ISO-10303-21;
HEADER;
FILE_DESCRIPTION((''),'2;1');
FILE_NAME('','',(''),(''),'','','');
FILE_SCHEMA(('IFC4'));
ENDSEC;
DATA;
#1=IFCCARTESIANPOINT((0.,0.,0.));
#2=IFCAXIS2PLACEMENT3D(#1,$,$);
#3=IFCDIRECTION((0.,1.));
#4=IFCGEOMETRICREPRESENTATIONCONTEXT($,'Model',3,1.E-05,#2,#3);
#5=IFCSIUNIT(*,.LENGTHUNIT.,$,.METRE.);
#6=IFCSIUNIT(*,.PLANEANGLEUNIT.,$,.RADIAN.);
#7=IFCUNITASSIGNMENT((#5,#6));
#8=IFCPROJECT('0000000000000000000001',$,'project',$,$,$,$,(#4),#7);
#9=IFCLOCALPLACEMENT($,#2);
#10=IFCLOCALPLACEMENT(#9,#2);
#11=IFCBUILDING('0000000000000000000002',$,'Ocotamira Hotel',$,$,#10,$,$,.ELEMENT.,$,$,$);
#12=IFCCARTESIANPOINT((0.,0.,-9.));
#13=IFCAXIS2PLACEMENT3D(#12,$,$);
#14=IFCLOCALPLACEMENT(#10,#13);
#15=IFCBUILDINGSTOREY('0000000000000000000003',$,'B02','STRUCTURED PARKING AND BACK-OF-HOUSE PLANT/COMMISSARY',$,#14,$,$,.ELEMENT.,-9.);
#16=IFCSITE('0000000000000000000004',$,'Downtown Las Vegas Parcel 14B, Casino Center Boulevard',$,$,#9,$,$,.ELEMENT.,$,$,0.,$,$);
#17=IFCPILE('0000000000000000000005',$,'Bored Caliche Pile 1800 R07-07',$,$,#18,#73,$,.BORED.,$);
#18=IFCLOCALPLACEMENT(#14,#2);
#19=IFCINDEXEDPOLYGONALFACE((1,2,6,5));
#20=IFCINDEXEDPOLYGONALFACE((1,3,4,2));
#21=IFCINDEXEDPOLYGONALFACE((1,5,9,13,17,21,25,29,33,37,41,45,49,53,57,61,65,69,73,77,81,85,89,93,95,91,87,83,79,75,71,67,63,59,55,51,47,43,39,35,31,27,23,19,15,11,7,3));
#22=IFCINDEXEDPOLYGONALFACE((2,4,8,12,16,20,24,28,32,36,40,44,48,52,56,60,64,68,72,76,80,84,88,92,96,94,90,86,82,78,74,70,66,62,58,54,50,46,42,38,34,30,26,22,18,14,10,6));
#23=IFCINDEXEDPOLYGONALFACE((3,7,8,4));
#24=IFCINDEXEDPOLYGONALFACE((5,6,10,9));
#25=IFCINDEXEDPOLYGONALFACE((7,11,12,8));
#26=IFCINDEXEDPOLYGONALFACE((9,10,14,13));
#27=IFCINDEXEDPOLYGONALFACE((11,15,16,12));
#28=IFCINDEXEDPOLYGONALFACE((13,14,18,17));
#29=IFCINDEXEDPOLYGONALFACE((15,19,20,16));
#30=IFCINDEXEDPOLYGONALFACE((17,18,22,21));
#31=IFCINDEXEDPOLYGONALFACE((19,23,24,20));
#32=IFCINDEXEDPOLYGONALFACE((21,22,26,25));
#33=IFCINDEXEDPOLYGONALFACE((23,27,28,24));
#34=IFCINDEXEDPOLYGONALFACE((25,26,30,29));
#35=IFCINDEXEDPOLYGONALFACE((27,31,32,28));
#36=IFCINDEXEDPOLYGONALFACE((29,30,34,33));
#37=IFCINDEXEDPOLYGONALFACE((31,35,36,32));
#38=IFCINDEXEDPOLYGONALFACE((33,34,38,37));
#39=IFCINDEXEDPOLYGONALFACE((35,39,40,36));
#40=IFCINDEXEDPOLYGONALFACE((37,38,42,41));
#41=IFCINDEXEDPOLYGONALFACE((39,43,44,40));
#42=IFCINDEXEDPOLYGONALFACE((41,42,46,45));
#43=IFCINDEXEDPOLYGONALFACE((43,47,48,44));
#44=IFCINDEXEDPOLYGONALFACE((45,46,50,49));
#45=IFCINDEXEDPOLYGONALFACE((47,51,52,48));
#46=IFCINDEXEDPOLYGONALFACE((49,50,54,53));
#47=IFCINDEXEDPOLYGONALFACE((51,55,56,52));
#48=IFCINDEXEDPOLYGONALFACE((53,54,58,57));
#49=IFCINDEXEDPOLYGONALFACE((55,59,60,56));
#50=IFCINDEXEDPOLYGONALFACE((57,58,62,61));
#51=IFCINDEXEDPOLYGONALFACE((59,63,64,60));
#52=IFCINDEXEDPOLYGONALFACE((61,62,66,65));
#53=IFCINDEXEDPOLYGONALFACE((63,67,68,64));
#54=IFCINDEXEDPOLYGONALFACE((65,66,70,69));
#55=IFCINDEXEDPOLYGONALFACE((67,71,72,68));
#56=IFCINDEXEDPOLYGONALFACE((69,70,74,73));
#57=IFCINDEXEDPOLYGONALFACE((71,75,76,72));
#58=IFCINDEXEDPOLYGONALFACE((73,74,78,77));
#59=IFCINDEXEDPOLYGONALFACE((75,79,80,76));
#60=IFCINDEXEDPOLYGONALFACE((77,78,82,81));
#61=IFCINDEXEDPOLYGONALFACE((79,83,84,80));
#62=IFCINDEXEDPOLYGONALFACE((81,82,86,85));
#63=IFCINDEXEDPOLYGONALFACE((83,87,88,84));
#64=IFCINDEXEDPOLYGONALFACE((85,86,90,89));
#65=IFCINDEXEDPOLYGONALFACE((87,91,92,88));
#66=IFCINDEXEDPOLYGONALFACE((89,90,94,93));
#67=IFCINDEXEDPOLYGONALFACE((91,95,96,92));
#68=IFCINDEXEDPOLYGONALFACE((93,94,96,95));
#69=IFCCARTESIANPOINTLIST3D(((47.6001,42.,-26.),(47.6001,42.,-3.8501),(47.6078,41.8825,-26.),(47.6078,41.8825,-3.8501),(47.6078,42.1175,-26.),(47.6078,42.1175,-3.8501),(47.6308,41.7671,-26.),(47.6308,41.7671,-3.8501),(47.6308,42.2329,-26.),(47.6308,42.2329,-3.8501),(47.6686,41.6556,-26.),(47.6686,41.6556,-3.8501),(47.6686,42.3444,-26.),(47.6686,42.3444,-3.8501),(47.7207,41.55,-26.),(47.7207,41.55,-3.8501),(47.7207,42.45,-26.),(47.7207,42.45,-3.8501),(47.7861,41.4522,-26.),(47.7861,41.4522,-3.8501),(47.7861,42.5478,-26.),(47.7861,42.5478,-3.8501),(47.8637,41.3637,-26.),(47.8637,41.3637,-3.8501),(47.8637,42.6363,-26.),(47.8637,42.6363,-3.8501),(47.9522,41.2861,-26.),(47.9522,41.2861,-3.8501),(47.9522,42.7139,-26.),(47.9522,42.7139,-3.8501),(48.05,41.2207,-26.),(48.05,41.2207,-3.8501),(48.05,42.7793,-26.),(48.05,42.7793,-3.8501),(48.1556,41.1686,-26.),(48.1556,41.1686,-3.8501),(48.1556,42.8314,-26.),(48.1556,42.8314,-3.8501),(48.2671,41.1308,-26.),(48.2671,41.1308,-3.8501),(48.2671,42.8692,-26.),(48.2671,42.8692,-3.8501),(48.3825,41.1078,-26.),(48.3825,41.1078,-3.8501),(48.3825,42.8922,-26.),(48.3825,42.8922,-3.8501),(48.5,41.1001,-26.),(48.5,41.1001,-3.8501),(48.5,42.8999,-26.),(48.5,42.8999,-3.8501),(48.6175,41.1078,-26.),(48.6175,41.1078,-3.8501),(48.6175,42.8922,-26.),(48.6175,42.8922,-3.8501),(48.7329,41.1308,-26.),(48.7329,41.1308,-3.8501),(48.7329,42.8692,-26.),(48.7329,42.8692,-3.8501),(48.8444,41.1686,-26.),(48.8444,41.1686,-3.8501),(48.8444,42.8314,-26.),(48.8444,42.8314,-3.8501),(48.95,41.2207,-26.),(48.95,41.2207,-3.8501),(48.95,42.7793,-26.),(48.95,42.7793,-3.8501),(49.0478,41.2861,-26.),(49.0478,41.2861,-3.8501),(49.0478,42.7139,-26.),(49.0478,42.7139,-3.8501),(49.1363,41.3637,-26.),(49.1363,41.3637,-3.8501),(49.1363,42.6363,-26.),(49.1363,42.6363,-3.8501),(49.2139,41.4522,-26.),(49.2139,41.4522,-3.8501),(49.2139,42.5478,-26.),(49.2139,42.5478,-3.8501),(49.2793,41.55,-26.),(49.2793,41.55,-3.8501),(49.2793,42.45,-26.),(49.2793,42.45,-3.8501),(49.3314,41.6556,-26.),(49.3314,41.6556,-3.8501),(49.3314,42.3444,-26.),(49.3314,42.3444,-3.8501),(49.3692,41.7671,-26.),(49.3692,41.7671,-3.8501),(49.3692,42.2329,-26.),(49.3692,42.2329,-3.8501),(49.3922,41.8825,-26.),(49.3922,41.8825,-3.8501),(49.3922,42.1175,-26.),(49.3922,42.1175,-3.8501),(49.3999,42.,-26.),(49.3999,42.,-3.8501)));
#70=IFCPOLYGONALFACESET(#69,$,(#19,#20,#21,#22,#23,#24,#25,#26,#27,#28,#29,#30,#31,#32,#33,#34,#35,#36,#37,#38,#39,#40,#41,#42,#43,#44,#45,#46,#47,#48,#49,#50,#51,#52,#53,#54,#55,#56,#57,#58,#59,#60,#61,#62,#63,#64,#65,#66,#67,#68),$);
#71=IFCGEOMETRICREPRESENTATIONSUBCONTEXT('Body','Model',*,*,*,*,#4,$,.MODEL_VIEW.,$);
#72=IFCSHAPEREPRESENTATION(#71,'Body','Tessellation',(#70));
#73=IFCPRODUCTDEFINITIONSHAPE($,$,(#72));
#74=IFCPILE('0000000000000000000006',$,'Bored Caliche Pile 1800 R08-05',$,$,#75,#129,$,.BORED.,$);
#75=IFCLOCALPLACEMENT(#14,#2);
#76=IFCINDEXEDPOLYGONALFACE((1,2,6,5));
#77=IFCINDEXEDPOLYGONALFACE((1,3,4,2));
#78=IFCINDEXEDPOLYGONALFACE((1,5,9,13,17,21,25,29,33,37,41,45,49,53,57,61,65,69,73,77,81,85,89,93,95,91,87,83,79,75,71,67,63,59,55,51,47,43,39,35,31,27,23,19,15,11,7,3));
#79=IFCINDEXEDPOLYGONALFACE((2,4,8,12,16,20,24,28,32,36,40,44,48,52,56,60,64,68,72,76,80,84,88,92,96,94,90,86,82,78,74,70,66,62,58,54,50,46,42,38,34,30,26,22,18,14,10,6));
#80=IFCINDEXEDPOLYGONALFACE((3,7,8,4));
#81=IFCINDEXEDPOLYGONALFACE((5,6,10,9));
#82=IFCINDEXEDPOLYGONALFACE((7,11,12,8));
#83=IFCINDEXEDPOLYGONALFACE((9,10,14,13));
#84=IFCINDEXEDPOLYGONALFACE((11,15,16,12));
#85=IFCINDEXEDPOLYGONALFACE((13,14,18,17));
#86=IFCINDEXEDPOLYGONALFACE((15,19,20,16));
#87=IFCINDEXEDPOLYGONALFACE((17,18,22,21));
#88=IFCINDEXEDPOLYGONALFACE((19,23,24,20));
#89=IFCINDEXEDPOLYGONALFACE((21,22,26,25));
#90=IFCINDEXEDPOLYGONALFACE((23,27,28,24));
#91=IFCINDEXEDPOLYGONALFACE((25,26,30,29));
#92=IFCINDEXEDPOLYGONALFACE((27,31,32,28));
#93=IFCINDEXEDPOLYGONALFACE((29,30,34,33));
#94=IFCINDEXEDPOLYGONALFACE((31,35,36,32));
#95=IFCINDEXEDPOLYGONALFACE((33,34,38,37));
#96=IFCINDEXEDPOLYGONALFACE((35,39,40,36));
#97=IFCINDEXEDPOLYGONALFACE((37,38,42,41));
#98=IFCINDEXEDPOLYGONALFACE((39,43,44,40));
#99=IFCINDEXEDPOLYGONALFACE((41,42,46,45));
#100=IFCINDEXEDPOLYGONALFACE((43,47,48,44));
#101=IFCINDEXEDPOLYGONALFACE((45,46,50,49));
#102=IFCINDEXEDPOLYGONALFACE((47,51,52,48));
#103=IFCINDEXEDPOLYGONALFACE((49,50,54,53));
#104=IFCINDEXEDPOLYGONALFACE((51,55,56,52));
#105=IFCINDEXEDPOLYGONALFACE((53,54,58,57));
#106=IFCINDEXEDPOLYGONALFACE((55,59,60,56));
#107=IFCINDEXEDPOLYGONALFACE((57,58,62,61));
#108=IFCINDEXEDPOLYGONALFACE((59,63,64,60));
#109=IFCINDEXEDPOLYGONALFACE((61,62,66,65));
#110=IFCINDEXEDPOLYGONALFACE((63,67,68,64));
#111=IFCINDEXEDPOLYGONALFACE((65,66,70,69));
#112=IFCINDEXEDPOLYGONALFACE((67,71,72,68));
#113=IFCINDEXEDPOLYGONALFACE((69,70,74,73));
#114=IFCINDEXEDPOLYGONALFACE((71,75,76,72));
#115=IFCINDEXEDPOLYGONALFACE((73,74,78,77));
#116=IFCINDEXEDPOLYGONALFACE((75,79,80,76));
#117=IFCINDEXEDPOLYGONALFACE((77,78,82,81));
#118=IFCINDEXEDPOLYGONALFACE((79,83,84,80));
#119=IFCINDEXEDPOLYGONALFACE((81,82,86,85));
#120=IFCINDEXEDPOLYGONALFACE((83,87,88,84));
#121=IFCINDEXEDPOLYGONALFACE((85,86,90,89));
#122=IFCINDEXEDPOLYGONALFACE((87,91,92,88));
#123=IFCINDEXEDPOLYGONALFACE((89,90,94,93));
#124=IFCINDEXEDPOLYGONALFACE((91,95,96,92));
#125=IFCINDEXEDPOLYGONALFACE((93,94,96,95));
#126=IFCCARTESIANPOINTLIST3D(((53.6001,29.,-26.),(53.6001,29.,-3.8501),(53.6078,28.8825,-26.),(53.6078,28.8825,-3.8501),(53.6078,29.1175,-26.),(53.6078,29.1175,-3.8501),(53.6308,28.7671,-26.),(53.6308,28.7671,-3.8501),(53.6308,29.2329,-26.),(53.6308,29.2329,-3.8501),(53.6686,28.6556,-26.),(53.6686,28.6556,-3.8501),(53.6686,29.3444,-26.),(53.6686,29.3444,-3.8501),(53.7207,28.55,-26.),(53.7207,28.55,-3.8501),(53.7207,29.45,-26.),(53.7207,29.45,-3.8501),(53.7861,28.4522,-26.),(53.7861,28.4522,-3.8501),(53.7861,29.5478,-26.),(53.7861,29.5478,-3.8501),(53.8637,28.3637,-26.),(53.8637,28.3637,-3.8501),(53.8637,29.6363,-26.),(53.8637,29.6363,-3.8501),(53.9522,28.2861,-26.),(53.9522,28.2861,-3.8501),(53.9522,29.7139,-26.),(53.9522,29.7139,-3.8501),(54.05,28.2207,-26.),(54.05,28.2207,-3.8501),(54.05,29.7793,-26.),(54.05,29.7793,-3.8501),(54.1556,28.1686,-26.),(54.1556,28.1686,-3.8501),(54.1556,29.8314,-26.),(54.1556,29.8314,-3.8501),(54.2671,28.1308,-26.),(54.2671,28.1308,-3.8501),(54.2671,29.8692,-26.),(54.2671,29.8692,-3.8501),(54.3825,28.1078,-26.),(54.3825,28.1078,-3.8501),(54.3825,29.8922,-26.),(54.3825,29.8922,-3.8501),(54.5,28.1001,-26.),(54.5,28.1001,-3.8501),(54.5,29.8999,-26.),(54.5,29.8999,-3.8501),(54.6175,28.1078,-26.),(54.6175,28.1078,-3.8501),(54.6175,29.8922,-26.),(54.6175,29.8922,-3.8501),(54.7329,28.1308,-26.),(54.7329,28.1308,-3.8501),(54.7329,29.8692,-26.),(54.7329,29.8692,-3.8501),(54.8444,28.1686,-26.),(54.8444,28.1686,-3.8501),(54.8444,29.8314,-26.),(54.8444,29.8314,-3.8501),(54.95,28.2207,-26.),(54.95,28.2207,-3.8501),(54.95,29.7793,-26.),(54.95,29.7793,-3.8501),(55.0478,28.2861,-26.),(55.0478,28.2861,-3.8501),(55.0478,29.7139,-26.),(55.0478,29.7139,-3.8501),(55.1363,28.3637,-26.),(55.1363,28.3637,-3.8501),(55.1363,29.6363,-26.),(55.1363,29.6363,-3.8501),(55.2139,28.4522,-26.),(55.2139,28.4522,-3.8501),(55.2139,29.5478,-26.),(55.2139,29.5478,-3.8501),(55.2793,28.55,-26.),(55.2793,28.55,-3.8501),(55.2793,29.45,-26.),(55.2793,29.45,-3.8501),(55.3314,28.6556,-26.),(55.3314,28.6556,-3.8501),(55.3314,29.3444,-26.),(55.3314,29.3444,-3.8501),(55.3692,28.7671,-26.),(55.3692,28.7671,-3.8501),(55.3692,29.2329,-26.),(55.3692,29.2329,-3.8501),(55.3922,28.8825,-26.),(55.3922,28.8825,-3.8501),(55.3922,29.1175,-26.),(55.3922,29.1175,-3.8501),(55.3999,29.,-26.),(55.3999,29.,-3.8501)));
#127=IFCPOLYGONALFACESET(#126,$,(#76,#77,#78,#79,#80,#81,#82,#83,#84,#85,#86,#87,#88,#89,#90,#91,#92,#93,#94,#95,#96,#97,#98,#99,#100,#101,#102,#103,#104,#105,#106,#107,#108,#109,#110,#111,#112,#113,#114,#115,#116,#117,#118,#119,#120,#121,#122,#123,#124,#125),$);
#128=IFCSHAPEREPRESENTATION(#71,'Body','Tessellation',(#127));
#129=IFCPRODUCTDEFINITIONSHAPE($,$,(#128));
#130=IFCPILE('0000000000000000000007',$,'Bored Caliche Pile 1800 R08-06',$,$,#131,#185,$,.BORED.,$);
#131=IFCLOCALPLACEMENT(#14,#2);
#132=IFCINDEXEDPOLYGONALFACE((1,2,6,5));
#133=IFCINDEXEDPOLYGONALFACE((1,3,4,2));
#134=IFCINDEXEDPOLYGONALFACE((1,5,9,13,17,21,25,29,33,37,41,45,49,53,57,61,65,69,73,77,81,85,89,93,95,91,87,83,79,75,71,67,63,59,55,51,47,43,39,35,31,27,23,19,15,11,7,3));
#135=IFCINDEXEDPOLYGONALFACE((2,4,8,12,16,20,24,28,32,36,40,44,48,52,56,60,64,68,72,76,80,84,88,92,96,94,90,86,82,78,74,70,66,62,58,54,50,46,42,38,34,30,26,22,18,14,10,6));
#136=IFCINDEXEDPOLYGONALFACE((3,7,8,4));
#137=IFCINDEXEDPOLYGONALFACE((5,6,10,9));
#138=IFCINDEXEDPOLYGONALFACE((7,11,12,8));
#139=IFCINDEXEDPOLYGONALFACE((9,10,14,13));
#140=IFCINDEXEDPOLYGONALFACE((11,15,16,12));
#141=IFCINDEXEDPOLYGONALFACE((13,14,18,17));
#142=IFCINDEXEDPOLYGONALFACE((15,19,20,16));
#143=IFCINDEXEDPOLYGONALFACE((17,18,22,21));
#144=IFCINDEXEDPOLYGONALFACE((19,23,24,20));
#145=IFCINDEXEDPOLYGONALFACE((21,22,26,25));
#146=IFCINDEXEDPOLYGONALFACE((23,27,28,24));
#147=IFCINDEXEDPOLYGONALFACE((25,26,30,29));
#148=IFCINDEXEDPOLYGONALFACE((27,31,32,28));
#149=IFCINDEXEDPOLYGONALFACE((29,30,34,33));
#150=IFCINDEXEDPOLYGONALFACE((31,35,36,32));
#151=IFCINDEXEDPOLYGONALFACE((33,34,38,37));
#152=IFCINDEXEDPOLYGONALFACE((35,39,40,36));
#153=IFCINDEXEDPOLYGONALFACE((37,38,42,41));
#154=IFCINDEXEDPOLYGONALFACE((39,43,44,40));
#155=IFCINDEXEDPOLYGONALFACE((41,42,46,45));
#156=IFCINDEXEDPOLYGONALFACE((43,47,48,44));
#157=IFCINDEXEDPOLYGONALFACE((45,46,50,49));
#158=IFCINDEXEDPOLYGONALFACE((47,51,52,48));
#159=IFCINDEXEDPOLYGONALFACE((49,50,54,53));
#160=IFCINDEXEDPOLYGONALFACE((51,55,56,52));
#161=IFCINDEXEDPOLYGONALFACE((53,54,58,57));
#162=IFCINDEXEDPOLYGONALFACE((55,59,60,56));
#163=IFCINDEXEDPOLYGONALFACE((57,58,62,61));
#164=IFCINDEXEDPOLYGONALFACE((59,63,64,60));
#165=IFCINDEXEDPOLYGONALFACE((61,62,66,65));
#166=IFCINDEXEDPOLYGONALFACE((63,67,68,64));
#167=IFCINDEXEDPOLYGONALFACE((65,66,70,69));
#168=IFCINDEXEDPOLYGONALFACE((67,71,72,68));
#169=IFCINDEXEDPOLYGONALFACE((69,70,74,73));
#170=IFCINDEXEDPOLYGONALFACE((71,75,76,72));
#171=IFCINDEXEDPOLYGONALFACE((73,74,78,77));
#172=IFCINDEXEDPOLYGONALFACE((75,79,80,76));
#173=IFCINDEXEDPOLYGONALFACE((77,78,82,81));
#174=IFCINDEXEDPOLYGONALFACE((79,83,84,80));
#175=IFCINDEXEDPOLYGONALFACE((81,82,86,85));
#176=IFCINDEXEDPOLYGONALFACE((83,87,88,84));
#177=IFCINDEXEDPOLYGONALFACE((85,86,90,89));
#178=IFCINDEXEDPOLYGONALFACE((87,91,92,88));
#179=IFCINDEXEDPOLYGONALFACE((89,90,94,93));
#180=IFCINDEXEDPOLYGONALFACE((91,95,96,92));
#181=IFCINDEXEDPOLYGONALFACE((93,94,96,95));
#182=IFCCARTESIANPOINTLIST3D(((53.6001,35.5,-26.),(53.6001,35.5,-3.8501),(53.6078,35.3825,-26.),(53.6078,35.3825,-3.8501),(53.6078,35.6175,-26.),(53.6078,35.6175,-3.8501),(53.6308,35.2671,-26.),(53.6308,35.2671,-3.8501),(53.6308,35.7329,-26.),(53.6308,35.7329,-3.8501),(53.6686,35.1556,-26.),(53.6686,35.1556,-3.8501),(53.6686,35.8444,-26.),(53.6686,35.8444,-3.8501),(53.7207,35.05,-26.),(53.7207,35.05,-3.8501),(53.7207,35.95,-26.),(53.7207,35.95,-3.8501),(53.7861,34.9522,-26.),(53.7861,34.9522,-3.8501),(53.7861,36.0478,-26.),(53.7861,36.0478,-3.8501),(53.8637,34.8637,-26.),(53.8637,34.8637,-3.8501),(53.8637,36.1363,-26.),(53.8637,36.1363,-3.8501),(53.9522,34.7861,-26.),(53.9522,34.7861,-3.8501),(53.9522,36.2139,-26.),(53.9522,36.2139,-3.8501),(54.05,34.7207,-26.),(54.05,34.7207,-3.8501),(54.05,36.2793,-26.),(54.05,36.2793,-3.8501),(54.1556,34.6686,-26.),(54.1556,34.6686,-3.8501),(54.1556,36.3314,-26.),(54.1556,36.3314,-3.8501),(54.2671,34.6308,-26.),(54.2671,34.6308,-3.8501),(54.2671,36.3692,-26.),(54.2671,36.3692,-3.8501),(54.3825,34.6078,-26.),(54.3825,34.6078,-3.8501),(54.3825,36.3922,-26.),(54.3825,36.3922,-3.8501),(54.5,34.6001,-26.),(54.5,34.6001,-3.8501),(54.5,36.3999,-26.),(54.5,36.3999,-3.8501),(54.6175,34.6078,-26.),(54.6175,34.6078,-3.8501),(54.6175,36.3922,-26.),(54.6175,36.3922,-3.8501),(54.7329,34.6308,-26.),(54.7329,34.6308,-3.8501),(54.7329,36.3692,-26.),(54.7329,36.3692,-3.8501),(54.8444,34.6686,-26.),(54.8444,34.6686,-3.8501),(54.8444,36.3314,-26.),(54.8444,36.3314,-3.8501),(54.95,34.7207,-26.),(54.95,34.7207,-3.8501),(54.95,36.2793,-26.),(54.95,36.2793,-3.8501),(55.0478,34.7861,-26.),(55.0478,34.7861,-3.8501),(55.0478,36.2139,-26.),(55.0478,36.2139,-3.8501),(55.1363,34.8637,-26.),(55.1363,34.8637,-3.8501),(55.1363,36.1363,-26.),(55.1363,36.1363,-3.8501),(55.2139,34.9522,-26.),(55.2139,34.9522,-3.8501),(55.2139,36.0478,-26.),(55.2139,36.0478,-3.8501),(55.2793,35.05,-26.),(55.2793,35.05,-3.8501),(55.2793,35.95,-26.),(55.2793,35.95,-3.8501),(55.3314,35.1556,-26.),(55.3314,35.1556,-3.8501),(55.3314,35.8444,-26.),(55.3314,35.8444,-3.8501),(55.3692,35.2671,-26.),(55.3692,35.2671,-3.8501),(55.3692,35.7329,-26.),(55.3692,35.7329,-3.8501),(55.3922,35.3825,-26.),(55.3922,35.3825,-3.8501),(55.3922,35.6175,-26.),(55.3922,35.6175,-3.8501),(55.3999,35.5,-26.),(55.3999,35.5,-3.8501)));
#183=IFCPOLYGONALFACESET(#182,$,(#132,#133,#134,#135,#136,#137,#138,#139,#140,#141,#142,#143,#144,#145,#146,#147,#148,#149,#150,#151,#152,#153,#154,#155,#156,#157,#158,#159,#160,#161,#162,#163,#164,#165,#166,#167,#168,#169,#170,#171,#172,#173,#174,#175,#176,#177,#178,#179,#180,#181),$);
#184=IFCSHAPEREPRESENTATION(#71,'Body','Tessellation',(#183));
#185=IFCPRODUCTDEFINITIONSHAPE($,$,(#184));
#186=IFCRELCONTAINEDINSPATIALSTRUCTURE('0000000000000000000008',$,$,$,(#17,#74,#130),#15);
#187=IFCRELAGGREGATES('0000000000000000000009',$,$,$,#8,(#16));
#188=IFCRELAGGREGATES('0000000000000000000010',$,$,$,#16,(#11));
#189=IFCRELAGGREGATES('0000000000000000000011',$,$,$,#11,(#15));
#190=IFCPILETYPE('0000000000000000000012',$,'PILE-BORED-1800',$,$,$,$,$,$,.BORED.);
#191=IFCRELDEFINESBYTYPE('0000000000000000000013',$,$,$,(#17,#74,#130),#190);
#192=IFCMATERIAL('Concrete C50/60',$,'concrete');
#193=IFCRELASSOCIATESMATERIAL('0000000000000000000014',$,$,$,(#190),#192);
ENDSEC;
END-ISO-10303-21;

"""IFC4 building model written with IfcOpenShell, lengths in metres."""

from ifc_helpers import new_model, si_unit, direction, frame, origin, origin_2d, place, context, subcontext, project, spatial, circle, extrude, source, transform, mapped, material, material_profile, profile_set, type_object, element, save


model = new_model("IFC4")

# Units and contexts
model_context = context("Model", 3, precision=1e-05, world=origin(), true_north=direction((0.0, 1.0)))
body_context = subcontext(model_context, "Body", "Model", "MODEL_VIEW")
ifc_project = project(units=[si_unit("LENGTHUNIT", "METRE"), si_unit("PLANEANGLEUNIT", "RADIAN")], contexts=[model_context])

# Site, building, storey
site_placement = place(None, origin())
site = spatial("IfcSite", under=ifc_project, at=site_placement, Name="Downtown Las Vegas Parcel 14B, Casino Center Boulevard", CompositionType="ELEMENT", RefElevation=0.0)
building_placement = place(site_placement, origin())
building = spatial("IfcBuilding", under=site, at=building_placement, Name="Ocotamira Hotel", CompositionType="ELEMENT")
storey_placement = place(building_placement, frame((0.0, 0.0, -9.0)))
storey = spatial("IfcBuildingStorey", under=building, at=storey_placement, Name="B02", Description="STRUCTURED PARKING AND BACK-OF-HOUSE PLANT/COMMISSARY", CompositionType="ELEMENT", Elevation=-9.0)

# Piles
ifc_material_1 = material(Name="Concrete C50/60", Category="concrete")
ifc_material_profile_1 = material_profile(ifc_material_1, circle(Radius=0.8999, at=origin_2d()), Name="PILE1800")
ifc_profile_set_1 = profile_set([ifc_material_profile_1], Name="Concrete C50/60")
pile_type_1 = type_object("IfcPileType", Name="PILE-BORED-1800", PredefinedType="BORED", material=ifc_profile_set_1)
shared_shape_1 = source(origin(), body_context, "Body", "SweptSolid", [
    extrude(circle(Radius=0.8999, at=origin_2d()), origin(), (0.0, 0.0, 1.0), 22.1499),
])
for number, where, z_axis, x_axis, name in (
    (1, (48.5, 42.0, -3.8501), (0.0, 0.0, -1.0), (1.0, 0.0, 0.0), "Bored Caliche Pile 1800 R07-07"),
    (2, (54.5, 29.0, -3.8501), (0.0, 0.0, -1.0), (1.0, 0.0, 0.0), "Bored Caliche Pile 1800 R08-05"),
    (3, (54.5, 35.5, -3.8501), (0.0, 0.0, -1.0), (1.0, 0.0, 0.0), "Bored Caliche Pile 1800 R08-06"),
):
    element("IfcPile", number, at=place(storey_placement, frame(where, z_axis=z_axis, x_axis=x_axis)), inside=storey, type_object=pile_type_1, Name=name, PredefinedType="BORED", context=body_context, shape_type="MappedRepresentation", body=[
        mapped(shared_shape_1, transform((0.0, 0.0, 0.0), scale=1.0)),
    ])

save(model, "model.ifc")
